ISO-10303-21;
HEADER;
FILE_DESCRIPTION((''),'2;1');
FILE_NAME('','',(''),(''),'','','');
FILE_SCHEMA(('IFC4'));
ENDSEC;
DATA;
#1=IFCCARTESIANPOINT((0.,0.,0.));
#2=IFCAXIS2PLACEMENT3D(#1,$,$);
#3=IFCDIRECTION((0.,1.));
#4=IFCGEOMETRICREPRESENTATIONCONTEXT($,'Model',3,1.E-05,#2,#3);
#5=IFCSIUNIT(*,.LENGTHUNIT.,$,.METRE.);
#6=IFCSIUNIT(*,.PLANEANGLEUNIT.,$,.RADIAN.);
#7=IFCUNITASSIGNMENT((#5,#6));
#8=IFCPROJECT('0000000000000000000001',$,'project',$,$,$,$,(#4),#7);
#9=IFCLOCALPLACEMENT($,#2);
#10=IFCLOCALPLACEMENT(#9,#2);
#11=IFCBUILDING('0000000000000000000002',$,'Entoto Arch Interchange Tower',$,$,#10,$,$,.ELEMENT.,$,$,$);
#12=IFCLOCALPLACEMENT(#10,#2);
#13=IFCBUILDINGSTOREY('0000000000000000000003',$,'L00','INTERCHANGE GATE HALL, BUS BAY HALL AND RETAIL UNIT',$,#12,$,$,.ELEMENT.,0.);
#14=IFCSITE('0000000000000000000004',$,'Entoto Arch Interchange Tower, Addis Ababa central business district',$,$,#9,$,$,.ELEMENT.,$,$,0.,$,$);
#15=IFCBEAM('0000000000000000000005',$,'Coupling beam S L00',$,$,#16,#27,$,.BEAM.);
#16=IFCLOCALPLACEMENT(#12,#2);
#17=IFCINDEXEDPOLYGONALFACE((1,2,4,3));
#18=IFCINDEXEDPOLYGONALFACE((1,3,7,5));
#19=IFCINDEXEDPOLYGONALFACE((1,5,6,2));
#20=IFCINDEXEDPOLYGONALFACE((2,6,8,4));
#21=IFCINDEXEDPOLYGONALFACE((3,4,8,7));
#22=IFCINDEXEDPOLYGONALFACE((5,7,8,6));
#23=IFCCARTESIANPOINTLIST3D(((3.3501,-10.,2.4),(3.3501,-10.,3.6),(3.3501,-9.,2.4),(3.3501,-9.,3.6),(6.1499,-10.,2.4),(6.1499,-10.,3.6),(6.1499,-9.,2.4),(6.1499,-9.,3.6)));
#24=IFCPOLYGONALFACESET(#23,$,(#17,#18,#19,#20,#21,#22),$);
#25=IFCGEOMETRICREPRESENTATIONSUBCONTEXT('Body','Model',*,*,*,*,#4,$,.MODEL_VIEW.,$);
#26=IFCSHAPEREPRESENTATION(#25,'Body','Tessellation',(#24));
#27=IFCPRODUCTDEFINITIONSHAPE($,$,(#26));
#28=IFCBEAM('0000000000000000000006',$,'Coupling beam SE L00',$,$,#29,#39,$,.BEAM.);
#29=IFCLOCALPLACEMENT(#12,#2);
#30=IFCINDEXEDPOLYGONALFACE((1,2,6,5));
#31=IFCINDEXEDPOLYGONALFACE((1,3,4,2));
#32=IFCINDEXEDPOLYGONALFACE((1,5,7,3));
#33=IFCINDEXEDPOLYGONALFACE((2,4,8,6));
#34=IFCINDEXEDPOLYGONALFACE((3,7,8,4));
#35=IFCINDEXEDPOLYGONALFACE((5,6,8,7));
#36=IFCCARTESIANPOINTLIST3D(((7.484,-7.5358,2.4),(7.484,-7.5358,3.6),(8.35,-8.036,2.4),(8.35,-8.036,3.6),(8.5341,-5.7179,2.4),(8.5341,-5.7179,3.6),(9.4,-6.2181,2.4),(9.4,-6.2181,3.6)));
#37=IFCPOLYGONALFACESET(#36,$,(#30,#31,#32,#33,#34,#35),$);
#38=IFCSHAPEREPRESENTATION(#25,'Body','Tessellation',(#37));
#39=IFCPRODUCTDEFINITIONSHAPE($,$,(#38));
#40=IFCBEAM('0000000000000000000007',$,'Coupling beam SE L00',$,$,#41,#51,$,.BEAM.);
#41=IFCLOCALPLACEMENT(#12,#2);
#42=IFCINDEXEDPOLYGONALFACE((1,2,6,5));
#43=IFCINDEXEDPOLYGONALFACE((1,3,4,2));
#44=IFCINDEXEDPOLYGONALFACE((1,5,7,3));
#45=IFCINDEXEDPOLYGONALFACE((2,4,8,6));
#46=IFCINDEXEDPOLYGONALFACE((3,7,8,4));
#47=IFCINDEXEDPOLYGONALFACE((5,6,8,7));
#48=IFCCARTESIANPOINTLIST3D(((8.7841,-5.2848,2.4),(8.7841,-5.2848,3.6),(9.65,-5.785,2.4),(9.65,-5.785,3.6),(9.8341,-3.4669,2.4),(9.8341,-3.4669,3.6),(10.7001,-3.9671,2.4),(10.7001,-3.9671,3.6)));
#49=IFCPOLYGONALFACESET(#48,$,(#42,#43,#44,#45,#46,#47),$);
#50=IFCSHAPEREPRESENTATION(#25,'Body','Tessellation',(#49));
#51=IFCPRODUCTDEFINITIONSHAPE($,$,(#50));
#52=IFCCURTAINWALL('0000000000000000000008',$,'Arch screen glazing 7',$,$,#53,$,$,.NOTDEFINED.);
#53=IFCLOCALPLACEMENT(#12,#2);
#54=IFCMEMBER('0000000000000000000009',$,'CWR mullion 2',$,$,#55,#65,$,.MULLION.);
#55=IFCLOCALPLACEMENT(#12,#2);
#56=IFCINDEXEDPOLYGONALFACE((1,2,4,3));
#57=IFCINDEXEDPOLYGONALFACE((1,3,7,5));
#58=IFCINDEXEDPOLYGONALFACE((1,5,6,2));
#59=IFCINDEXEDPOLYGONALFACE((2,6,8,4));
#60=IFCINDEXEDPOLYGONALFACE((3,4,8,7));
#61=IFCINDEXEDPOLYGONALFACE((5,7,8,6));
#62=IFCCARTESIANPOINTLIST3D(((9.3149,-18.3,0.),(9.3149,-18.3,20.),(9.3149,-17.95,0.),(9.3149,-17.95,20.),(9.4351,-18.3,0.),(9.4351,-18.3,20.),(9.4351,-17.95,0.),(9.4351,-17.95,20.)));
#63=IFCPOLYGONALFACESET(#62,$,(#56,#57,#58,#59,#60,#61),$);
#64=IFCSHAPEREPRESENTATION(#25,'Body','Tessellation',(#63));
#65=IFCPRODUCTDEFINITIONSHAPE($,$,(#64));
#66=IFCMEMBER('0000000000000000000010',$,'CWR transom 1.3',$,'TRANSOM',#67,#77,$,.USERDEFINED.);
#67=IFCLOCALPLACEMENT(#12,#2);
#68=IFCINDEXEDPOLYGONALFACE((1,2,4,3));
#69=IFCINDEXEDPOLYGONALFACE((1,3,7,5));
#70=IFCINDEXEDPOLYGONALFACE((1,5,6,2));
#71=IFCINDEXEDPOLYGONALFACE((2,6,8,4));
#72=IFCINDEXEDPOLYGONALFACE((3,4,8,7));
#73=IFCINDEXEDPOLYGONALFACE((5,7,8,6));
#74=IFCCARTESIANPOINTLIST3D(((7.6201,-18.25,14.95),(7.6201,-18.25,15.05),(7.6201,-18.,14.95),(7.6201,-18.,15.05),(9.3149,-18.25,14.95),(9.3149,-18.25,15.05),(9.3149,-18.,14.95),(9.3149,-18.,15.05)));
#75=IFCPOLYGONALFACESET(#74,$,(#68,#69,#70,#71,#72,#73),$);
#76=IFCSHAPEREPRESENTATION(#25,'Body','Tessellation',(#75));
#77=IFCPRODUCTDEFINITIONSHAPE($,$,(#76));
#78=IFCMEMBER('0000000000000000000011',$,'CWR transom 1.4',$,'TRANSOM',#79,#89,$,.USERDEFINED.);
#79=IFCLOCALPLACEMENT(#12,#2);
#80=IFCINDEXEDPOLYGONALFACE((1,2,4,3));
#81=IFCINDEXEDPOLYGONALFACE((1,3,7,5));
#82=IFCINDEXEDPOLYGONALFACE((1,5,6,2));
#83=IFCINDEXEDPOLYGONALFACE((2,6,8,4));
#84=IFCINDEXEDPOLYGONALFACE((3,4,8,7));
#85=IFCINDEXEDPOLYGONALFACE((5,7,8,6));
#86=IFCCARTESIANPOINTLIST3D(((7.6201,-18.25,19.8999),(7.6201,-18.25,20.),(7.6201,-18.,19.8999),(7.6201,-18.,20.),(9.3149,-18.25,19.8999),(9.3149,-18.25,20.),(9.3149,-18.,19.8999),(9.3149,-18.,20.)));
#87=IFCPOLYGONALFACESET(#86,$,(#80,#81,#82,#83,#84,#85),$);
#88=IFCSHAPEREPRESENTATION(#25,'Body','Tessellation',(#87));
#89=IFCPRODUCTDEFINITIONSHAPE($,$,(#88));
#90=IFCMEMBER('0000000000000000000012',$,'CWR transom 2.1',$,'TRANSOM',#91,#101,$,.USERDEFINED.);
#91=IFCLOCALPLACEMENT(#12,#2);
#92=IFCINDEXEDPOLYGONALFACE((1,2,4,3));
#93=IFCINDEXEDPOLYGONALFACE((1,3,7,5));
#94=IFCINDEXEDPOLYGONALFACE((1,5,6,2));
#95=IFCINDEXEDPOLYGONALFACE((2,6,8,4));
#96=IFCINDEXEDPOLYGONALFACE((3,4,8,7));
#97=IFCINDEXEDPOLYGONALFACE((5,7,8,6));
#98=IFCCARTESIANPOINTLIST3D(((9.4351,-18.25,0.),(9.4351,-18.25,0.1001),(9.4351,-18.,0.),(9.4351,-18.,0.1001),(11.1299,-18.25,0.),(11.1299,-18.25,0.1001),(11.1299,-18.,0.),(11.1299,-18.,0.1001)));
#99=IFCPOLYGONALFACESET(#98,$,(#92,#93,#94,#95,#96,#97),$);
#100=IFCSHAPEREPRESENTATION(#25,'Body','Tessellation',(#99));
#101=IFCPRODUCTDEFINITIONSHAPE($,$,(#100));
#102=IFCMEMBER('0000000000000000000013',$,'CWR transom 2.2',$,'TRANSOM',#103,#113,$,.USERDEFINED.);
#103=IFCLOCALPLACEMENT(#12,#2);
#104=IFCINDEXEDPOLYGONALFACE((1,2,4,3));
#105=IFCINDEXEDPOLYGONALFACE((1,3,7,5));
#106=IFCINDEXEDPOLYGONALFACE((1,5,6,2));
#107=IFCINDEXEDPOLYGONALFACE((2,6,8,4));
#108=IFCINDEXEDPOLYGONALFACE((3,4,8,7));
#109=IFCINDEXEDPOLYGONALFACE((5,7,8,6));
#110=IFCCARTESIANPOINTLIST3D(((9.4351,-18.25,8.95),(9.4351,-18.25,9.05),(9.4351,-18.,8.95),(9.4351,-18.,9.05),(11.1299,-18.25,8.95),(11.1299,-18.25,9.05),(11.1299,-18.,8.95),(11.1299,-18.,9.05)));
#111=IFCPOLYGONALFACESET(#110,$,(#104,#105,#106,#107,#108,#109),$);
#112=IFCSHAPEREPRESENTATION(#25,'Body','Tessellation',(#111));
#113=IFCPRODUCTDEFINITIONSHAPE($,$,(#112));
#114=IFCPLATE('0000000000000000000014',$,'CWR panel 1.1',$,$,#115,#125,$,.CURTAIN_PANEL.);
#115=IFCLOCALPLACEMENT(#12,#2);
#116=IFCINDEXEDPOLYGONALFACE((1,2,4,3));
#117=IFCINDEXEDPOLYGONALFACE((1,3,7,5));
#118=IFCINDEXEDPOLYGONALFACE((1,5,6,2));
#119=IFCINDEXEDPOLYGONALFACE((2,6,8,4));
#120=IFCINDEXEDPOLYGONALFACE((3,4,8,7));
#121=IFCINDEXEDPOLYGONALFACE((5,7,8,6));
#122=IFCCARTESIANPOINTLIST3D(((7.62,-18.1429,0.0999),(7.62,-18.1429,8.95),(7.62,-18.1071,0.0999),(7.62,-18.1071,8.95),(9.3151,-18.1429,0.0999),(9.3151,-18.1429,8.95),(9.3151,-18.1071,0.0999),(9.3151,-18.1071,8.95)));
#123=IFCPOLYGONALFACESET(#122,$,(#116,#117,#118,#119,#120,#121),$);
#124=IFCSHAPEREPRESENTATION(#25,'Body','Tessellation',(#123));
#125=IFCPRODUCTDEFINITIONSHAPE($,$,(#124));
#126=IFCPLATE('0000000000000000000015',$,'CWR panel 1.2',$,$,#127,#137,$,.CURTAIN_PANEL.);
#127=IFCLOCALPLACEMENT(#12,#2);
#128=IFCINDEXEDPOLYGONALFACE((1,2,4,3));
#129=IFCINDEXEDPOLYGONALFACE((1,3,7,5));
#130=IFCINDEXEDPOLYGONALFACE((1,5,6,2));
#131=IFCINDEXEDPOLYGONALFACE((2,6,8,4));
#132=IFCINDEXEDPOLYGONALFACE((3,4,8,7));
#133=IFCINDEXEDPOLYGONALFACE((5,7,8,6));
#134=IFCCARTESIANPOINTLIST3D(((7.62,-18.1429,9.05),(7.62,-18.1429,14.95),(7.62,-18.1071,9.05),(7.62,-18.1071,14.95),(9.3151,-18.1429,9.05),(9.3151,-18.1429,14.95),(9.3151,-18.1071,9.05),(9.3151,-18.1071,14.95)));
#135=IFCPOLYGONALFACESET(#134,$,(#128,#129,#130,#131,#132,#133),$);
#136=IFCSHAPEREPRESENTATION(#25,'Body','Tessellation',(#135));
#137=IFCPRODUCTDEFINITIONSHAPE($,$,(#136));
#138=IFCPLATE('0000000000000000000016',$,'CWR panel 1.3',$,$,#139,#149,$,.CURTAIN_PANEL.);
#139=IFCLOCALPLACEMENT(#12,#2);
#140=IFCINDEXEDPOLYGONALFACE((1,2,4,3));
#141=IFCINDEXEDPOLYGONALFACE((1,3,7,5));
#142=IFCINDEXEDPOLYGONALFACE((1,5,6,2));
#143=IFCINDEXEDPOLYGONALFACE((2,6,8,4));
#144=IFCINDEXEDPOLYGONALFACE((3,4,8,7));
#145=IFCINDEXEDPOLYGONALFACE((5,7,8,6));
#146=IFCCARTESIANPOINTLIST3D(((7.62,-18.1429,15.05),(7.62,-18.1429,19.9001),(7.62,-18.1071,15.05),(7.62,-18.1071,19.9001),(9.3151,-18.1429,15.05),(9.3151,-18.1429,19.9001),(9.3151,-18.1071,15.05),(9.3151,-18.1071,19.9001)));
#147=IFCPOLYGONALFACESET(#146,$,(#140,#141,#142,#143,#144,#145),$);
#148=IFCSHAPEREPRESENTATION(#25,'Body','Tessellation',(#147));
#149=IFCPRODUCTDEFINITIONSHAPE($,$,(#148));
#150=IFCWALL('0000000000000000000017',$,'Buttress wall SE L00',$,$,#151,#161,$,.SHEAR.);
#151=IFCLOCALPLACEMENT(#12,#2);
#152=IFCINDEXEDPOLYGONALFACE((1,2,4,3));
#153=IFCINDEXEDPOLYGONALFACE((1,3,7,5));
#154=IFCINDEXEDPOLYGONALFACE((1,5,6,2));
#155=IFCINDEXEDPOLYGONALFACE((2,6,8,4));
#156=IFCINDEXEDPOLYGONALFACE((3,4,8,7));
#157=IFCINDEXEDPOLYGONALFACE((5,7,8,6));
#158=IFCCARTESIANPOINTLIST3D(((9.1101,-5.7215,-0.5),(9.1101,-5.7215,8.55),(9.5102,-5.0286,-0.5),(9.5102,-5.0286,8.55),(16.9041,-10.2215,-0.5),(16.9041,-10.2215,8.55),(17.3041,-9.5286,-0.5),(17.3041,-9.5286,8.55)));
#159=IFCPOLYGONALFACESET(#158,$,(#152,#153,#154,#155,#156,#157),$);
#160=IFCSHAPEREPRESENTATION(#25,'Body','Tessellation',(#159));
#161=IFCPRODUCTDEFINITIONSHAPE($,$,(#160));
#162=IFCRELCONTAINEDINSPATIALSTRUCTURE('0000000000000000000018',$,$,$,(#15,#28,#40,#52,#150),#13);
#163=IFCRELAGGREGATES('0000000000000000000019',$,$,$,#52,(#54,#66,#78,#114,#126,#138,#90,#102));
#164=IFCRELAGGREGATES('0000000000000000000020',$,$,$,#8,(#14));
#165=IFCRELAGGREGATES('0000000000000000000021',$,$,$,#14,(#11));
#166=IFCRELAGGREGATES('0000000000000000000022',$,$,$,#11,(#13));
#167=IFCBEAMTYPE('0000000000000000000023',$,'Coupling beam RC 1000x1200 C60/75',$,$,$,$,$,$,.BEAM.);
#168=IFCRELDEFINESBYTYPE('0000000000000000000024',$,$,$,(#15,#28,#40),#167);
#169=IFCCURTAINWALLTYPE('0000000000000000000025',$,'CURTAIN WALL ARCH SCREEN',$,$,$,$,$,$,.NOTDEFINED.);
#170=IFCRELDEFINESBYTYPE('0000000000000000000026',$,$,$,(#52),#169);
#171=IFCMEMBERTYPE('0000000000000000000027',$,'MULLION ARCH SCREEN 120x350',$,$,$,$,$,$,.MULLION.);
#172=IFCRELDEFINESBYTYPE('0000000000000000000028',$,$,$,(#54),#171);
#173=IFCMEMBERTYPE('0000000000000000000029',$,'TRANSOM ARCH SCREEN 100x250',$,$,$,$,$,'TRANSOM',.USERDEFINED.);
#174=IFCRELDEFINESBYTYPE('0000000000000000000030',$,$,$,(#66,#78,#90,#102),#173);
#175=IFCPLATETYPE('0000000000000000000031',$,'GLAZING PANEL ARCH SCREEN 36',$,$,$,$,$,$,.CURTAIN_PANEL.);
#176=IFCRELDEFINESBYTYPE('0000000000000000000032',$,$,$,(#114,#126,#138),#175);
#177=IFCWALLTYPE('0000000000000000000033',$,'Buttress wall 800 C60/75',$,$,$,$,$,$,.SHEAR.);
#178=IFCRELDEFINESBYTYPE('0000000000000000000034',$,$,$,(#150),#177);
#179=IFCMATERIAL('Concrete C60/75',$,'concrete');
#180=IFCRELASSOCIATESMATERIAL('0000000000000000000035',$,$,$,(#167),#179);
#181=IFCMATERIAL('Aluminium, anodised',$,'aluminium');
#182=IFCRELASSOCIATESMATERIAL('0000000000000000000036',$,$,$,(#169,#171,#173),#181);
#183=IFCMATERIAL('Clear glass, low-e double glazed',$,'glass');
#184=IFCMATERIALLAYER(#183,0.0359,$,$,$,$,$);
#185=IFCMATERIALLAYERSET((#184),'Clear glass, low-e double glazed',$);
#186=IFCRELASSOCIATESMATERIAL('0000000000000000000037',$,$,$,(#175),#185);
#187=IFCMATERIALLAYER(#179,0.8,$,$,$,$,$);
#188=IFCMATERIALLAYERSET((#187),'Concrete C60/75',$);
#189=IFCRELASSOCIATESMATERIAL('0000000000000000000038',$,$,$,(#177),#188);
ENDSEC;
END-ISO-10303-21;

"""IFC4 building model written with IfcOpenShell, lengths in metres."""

from ifc_helpers import new_model, si_unit, direction, frame, frame_2d, origin, origin_2d, place, context, subcontext, project, spatial, rectangle, extrude, material, layer, layer_set, material_profile, profile_set, type_object, element, aggregate, save


model = new_model("IFC4")

# Units and contexts
model_context = context("Model", 3, precision=1e-05, world=origin(), true_north=direction((0.0, 1.0)))
body_context = subcontext(model_context, "Body", "Model", "MODEL_VIEW")
ifc_project = project(units=[si_unit("LENGTHUNIT", "METRE"), si_unit("PLANEANGLEUNIT", "RADIAN")], contexts=[model_context])

# Site, building, storey
site_placement = place(None, origin())
site = spatial("IfcSite", under=ifc_project, at=site_placement, Name="Entoto Arch Interchange Tower, Addis Ababa central business district", CompositionType="ELEMENT", RefElevation=0.0)
building_placement = place(site_placement, origin())
building = spatial("IfcBuilding", under=site, at=building_placement, Name="Entoto Arch Interchange Tower", CompositionType="ELEMENT")
storey_placement = place(building_placement, origin())
storey = spatial("IfcBuildingStorey", under=building, at=storey_placement, Name="L00", Description="INTERCHANGE GATE HALL, BUS BAY HALL AND RETAIL UNIT", CompositionType="ELEMENT", Elevation=0.0)

# Beams
ifc_material_1 = material(Name="Concrete C60/75", Category="concrete")
ifc_material_profile_1 = material_profile(ifc_material_1, rectangle(XDim=1.0, YDim=1.2, at=origin_2d()))
ifc_profile_set_1 = profile_set([ifc_material_profile_1], Name="Concrete C60/75")
beam_type = type_object("IfcBeamType", Name="Coupling beam RC 1000x1200 C60/75", PredefinedType="BEAM", material=ifc_profile_set_1)
beam_placement = place(storey_placement, frame((3.3501, -9.5, 3.0), z_axis=(1.0, 0.0, 0.0), x_axis=(0.0, 1.0, 0.0)))
element("IfcBeam", 1, at=beam_placement, inside=storey, type_object=beam_type, Name="Coupling beam S L00", PredefinedType="BEAM", context=body_context, shape_type="SweptSolid", body=[
    extrude(rectangle(XDim=1.0, YDim=1.2, at=origin_2d()), origin(), (0.0, 0.0, 1.0), 2.7998),
])
for number, where, z_axis, x_axis, name in (
    (2, (7.917, -7.7859, 3.0), (0.500179, 0.865922, 0.0), (-0.865922, 0.500179, 0.0), "Coupling beam SE L00"),
    (3, (9.217, -5.5349, 3.0), (0.500179, 0.865922, 0.0), (-0.865922, 0.500179, 0.0), "Coupling beam SE L00"),
):
    element("IfcBeam", number, at=place(storey_placement, frame(where, z_axis=z_axis, x_axis=x_axis)), inside=storey, type_object=beam_type, Name=name, PredefinedType="BEAM", context=body_context, shape_type="SweptSolid", body=[
        extrude(rectangle(XDim=1.0, YDim=1.2, at=origin_2d()), origin(), (0.0, 0.0, 1.0), 2.0994),
    ])

# Curtain wall, members, plates
ifc_material_2 = material(Name="Aluminium, anodised", Category="aluminium")
curtain_wall_type = type_object("IfcCurtainWallType", Name="CURTAIN WALL ARCH SCREEN", PredefinedType="NOTDEFINED", material=ifc_material_2)
curtain_wall_placement = place(storey_placement, origin())
curtain_wall = element("IfcCurtainWall", 4, at=curtain_wall_placement, inside=storey, type_object=curtain_wall_type, Name="Arch screen glazing 7", PredefinedType="NOTDEFINED")
ifc_material_profile_2 = material_profile(ifc_material_2, rectangle(XDim=0.3501, YDim=0.1201, at=origin_2d()))
ifc_profile_set_2 = profile_set([ifc_material_profile_2], Name="Aluminium, anodised")
member_type_1 = type_object("IfcMemberType", Name="MULLION ARCH SCREEN 120x350", PredefinedType="MULLION", material=ifc_profile_set_2)
member_1_placement = place(storey_placement, frame((9.375, -18.125, 0.0), z_axis=(0.0, 0.0, 1.0), x_axis=(0.0, 1.0, 0.0)))
member_1 = element("IfcMember", 5, at=member_1_placement, type_object=member_type_1, Name="CWR mullion 2", PredefinedType="MULLION", context=body_context, shape_type="SweptSolid", body=[
    extrude(rectangle(XDim=0.3501, YDim=0.1201, at=origin_2d()), origin(), (0.0, 0.0, 1.0), 20.0),
])
ifc_material_profile_3 = material_profile(ifc_material_2, rectangle(XDim=0.25, YDim=0.1001, at=origin_2d()))
ifc_profile_set_3 = profile_set([ifc_material_profile_3], Name="Aluminium, anodised")
member_type_2 = type_object("IfcMemberType", Name="TRANSOM ARCH SCREEN 100x250", ElementType="TRANSOM", PredefinedType="USERDEFINED", material=ifc_profile_set_3)
member_2_placement = place(storey_placement, frame((7.6201, -18.125, 15.0), z_axis=(1.0, 0.0, 0.0), x_axis=(0.0, 1.0, 0.0)))
member_2 = element("IfcMember", 6, at=member_2_placement, type_object=member_type_2, Name="CWR transom 1.3", ObjectType="TRANSOM", PredefinedType="USERDEFINED", context=body_context, shape_type="SweptSolid", body=[
    extrude(rectangle(XDim=0.25, YDim=0.1001, at=origin_2d()), origin(), (0.0, 0.0, 1.0), 1.6948),
])
member_3_placement = place(storey_placement, frame((7.6201, -18.125, 19.95), z_axis=(1.0, 0.0, 0.0), x_axis=(0.0, 1.0, 0.0)))
member_3 = element("IfcMember", 7, at=member_3_placement, type_object=member_type_2, Name="CWR transom 1.4", ObjectType="TRANSOM", PredefinedType="USERDEFINED", context=body_context, shape_type="SweptSolid", body=[
    extrude(rectangle(XDim=0.25, YDim=0.1001, at=origin_2d()), origin(), (0.0, 0.0, 1.0), 1.6948),
])
member_4_placement = place(storey_placement, frame((9.4351, -18.125, 0.05), z_axis=(1.0, 0.0, 0.0), x_axis=(0.0, 1.0, 0.0)))
member_4 = element("IfcMember", 8, at=member_4_placement, type_object=member_type_2, Name="CWR transom 2.1", ObjectType="TRANSOM", PredefinedType="USERDEFINED", context=body_context, shape_type="SweptSolid", body=[
    extrude(rectangle(XDim=0.25, YDim=0.1001, at=origin_2d()), origin(), (0.0, 0.0, 1.0), 1.6948),
])
member_5_placement = place(storey_placement, frame((9.4351, -18.125, 9.0), z_axis=(1.0, 0.0, 0.0), x_axis=(0.0, 1.0, 0.0)))
member_5 = element("IfcMember", 9, at=member_5_placement, type_object=member_type_2, Name="CWR transom 2.2", ObjectType="TRANSOM", PredefinedType="USERDEFINED", context=body_context, shape_type="SweptSolid", body=[
    extrude(rectangle(XDim=0.25, YDim=0.1001, at=origin_2d()), origin(), (0.0, 0.0, 1.0), 1.6948),
])
ifc_material_3 = material(Name="Clear glass, low-e double glazed", Category="glass")
ifc_layer_1 = layer(ifc_material_3, 0.0359)
ifc_layer_set_1 = layer_set([ifc_layer_1], Name="Clear glass, low-e double glazed")
plate_type = type_object("IfcPlateType", Name="GLAZING PANEL ARCH SCREEN 36", PredefinedType="CURTAIN_PANEL", material=ifc_layer_set_1)
plate_1_placement = place(storey_placement, frame((8.4675, -18.125, 0.0999), z_axis=(0.0, 0.0, 1.0), x_axis=(1.0, 0.0, 0.0)))
plate_1 = element("IfcPlate", 10, at=plate_1_placement, type_object=plate_type, Name="CWR panel 1.1", PredefinedType="CURTAIN_PANEL", context=body_context, shape_type="SweptSolid", body=[
    extrude(rectangle(XDim=1.6951, YDim=0.0359, at=origin_2d()), origin(), (0.0, 0.0, 1.0), 8.8501),
])
plate_2_placement = place(storey_placement, frame((8.4675, -18.125, 9.05), z_axis=(0.0, 0.0, 1.0), x_axis=(1.0, 0.0, 0.0)))
plate_2 = element("IfcPlate", 11, at=plate_2_placement, type_object=plate_type, Name="CWR panel 1.2", PredefinedType="CURTAIN_PANEL", context=body_context, shape_type="SweptSolid", body=[
    extrude(rectangle(XDim=1.6951, YDim=0.0359, at=origin_2d()), origin(), (0.0, 0.0, 1.0), 5.8999),
])
plate_3_placement = place(storey_placement, frame((8.4675, -18.125, 15.05), z_axis=(0.0, 0.0, 1.0), x_axis=(1.0, 0.0, 0.0)))
plate_3 = element("IfcPlate", 12, at=plate_3_placement, type_object=plate_type, Name="CWR panel 1.3", PredefinedType="CURTAIN_PANEL", context=body_context, shape_type="SweptSolid", body=[
    extrude(rectangle(XDim=1.6951, YDim=0.0359, at=origin_2d()), origin(), (0.0, 0.0, 1.0), 4.8501),
])
aggregate(curtain_wall, [member_1, member_2, member_3, plate_1, plate_2, plate_3, member_4, member_5])

# Wall
ifc_layer_2 = layer(ifc_material_1, 0.8)
ifc_layer_set_2 = layer_set([ifc_layer_2], Name="Concrete C60/75")
wall_type_1 = type_object("IfcWallType", Name="Buttress wall 800 C60/75", PredefinedType="SHEAR", material=ifc_layer_set_2)
wall_1_placement = place(storey_placement, frame((9.3101, -5.375, -0.5), z_axis=(0.0, 0.0, 1.0), x_axis=(0.866018, -0.500014, 0.0)))
element("IfcWall", 13, at=wall_1_placement, inside=storey, type_object=wall_type_1, Name="Buttress wall SE L00", PredefinedType="SHEAR", context=body_context, shape_type="SweptSolid", body=[
    extrude(rectangle(XDim=8.9998, YDim=0.8, at=frame_2d((4.5, 0.0))), origin(), (0.0, 0.0, 1.0), 9.05),
])

save(model, "model.ifc")
